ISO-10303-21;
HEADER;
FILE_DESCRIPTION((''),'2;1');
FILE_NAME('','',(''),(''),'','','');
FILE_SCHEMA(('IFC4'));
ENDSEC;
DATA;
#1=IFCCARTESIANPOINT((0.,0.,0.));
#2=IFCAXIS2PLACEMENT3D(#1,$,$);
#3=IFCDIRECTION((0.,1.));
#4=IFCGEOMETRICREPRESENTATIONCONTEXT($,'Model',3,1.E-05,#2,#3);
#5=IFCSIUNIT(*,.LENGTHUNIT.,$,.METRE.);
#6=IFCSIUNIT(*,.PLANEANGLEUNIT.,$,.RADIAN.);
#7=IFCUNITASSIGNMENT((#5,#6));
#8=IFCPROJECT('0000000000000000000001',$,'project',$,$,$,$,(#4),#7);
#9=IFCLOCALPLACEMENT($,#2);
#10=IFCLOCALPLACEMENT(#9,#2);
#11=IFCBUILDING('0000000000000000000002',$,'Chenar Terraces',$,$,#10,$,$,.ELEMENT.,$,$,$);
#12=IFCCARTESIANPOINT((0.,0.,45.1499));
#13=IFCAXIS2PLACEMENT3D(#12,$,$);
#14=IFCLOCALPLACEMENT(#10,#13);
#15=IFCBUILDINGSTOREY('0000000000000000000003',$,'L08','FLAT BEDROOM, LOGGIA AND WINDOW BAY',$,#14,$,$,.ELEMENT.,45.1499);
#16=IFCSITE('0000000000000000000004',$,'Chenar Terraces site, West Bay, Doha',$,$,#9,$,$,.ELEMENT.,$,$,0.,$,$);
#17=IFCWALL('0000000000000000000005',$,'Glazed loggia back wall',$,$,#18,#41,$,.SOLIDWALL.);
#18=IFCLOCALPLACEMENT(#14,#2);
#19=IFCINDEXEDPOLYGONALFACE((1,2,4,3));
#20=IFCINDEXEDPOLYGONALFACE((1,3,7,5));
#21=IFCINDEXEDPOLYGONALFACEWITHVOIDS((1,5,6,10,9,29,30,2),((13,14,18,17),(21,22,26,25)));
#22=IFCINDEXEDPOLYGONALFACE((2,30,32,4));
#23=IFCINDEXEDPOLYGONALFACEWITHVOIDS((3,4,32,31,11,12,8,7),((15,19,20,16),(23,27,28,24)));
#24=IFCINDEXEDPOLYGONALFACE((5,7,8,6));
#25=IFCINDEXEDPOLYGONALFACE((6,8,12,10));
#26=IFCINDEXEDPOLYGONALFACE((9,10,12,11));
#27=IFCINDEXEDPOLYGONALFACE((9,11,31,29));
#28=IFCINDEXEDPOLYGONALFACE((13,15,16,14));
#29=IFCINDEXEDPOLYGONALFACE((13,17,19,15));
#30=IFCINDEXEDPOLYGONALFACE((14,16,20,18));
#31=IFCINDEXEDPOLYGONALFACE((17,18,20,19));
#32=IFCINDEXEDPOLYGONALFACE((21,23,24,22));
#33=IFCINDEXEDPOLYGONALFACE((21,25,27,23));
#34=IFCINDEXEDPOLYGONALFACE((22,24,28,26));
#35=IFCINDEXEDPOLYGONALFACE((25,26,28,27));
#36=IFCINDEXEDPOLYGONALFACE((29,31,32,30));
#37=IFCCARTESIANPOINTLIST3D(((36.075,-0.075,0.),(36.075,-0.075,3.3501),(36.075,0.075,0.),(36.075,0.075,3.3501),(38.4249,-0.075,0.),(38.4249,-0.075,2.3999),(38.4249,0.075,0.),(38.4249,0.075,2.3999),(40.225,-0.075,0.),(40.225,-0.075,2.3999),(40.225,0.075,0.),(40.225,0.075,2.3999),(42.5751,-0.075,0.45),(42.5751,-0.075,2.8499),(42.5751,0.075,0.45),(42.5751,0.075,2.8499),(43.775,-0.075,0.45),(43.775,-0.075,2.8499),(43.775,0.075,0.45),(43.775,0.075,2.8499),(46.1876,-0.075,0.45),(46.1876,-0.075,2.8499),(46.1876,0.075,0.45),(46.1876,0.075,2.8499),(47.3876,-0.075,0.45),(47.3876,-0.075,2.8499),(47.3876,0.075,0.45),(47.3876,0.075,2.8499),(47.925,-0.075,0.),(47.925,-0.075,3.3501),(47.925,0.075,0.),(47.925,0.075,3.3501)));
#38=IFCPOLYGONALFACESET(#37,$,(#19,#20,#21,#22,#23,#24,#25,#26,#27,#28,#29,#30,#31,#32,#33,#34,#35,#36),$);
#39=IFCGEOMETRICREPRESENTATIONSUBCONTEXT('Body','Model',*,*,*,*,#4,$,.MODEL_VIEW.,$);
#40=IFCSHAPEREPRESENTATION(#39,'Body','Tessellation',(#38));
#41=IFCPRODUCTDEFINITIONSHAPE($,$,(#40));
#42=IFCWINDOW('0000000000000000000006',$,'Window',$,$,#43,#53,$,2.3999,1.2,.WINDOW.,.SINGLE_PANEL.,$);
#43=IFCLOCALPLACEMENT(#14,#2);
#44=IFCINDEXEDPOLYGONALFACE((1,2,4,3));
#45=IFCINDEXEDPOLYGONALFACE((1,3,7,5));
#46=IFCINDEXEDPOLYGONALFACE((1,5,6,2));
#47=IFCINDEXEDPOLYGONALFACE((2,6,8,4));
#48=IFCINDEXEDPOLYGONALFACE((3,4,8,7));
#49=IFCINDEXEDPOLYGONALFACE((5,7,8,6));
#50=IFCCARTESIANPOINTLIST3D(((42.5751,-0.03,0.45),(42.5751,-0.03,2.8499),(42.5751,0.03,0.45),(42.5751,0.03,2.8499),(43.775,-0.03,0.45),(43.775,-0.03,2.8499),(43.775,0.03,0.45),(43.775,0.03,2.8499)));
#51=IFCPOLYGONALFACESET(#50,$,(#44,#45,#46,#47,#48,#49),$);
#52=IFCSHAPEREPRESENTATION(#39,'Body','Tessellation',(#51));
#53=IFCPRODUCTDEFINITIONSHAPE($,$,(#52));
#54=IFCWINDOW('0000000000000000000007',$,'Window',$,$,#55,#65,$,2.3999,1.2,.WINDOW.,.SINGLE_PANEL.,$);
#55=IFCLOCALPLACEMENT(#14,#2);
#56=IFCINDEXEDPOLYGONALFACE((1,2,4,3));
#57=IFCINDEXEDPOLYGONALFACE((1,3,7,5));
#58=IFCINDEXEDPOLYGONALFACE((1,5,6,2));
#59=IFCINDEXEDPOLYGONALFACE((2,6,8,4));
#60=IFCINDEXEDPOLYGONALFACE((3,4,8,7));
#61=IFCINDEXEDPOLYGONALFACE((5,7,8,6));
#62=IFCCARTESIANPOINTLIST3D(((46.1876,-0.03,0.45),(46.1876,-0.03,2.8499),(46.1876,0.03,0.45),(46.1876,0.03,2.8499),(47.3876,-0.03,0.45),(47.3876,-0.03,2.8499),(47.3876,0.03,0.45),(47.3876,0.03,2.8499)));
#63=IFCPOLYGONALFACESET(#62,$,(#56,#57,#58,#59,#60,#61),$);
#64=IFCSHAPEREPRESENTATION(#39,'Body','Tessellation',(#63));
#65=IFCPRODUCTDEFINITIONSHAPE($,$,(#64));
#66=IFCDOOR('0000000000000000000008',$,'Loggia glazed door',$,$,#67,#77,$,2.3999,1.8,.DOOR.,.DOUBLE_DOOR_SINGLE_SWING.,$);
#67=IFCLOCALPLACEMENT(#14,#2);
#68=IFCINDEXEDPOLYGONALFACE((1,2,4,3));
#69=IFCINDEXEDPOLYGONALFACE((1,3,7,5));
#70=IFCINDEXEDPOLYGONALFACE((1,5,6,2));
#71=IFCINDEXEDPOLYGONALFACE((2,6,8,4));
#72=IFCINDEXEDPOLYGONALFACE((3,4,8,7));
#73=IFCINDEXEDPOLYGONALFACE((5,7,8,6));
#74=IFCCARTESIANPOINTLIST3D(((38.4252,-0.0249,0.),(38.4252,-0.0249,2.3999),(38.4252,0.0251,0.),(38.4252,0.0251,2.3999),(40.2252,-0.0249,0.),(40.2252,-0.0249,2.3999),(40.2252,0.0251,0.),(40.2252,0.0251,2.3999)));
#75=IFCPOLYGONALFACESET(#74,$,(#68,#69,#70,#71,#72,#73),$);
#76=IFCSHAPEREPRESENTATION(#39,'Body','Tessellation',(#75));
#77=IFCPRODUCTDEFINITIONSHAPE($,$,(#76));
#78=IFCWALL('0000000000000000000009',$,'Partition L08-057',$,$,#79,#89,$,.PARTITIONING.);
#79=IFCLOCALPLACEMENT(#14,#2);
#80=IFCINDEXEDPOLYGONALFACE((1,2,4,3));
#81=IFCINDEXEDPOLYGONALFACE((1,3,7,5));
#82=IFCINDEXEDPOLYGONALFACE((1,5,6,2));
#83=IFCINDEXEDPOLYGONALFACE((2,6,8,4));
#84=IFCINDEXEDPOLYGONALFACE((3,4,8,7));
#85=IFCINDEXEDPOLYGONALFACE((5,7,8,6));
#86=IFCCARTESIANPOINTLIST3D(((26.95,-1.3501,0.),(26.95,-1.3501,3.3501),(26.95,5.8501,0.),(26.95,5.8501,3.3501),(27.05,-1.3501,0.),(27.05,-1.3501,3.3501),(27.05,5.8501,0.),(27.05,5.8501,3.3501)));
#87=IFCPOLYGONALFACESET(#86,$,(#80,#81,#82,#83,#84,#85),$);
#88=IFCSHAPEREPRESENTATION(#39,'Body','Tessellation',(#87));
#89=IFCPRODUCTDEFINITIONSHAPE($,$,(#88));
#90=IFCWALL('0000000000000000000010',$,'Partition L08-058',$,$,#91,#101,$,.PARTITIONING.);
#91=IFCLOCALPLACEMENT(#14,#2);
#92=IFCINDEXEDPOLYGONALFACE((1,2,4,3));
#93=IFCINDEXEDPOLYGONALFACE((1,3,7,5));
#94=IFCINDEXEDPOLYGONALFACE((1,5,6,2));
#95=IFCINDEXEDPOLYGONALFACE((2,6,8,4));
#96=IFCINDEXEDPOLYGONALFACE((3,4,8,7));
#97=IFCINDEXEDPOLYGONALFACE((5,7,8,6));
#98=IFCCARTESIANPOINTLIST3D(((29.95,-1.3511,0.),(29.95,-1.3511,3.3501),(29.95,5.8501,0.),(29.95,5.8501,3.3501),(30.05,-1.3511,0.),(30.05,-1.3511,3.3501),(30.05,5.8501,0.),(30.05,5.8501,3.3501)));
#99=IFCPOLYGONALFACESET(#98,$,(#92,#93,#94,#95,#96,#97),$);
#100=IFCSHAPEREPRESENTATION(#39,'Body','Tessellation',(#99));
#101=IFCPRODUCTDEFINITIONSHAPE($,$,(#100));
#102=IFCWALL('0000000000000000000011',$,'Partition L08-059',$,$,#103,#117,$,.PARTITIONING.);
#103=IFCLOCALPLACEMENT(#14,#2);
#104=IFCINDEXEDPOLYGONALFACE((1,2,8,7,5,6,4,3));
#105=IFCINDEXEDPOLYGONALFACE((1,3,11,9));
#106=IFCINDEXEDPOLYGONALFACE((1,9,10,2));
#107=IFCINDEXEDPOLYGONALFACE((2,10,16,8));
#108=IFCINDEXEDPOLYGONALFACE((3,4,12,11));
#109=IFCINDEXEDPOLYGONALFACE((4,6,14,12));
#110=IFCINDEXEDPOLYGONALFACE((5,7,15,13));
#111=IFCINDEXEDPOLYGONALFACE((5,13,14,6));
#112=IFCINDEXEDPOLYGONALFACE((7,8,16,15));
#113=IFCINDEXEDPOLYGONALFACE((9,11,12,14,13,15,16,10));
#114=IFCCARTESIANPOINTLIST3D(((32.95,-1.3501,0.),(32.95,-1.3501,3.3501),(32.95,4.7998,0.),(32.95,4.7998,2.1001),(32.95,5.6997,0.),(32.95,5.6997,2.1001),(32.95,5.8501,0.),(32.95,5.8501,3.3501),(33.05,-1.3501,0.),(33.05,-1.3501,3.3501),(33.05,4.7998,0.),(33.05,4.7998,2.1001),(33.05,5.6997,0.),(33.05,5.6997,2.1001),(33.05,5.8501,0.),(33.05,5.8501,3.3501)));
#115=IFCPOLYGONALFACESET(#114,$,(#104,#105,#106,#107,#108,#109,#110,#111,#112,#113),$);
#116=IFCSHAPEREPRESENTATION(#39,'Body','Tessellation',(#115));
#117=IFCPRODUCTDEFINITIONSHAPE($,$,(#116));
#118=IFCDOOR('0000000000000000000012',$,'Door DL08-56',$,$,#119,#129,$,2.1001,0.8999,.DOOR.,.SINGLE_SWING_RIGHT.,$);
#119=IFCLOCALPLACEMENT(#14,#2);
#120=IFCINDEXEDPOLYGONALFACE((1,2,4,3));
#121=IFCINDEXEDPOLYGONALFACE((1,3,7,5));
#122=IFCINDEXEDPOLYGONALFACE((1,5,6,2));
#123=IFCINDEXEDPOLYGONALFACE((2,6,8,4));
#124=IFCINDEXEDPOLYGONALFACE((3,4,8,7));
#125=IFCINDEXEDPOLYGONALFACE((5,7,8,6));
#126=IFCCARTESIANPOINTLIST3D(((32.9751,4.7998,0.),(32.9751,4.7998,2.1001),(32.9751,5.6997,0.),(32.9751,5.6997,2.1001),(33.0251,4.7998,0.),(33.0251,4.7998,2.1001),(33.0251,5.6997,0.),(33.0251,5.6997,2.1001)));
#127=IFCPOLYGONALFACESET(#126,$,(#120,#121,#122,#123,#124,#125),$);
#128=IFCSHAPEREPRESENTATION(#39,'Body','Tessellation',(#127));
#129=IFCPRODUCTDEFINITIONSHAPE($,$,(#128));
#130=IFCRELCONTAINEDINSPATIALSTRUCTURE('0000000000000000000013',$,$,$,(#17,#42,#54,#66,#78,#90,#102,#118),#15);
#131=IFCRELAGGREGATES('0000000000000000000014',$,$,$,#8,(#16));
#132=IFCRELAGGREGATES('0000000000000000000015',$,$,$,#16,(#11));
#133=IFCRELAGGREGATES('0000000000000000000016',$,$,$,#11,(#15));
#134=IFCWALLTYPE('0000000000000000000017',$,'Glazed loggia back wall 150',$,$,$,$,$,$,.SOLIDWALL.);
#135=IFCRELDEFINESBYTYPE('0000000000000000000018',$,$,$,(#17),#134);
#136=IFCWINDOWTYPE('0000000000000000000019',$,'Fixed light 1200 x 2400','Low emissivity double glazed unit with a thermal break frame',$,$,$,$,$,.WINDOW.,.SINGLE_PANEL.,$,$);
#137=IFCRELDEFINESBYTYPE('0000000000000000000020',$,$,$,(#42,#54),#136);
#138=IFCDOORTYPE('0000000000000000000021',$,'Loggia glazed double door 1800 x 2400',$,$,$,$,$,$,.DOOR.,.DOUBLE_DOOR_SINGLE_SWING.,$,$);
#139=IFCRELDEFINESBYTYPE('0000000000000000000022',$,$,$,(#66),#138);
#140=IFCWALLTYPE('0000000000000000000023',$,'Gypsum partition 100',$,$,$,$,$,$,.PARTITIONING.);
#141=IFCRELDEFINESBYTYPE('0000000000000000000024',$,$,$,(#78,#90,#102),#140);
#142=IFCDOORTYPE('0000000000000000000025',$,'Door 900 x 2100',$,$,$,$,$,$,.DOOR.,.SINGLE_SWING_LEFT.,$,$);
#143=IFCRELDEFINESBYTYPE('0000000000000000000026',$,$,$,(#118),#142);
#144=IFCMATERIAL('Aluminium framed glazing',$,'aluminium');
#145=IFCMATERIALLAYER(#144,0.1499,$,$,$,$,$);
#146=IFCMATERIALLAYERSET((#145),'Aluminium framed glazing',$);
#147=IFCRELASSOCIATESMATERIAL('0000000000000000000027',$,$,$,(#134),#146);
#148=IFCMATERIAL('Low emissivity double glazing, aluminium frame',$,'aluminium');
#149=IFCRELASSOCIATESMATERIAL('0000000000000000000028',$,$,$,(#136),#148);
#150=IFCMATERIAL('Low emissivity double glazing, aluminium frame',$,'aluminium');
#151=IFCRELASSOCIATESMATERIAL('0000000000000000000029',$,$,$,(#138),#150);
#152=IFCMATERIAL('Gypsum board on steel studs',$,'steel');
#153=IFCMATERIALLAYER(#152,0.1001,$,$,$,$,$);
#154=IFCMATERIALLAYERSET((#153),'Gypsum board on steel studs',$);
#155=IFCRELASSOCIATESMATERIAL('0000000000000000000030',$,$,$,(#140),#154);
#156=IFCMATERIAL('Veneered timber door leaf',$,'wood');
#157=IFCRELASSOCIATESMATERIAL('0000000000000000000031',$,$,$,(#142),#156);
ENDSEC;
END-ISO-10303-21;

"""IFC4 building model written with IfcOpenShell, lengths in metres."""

from ifc_helpers import new_model, si_unit, direction, frame, frame_2d, origin, place, context, subcontext, project, spatial, rectangle, extrude, material, layer, layer_set, type_object, element, fill, save


model = new_model("IFC4")

# Units and contexts
model_context = context("Model", 3, precision=1e-05, world=origin(), true_north=direction((0.0, 1.0)))
body_context = subcontext(model_context, "Body", "Model", "MODEL_VIEW")
ifc_project = project(units=[si_unit("LENGTHUNIT", "METRE"), si_unit("PLANEANGLEUNIT", "RADIAN")], contexts=[model_context])

# Site, building, storey
site_placement = place(None, origin())
site = spatial("IfcSite", under=ifc_project, at=site_placement, Name="Chenar Terraces site, West Bay, Doha", CompositionType="ELEMENT", RefElevation=0.0)
building_placement = place(site_placement, origin())
building = spatial("IfcBuilding", under=site, at=building_placement, Name="Chenar Terraces", CompositionType="ELEMENT")
storey_placement = place(building_placement, frame((0.0, 0.0, 45.1499)))
storey = spatial("IfcBuildingStorey", under=building, at=storey_placement, Name="L08", Description="FLAT BEDROOM, LOGGIA AND WINDOW BAY", CompositionType="ELEMENT", Elevation=45.1499)

# Wall, openings, windows, door
ifc_material_1 = material(Name="Aluminium framed glazing", Category="aluminium")
ifc_layer_1 = layer(ifc_material_1, 0.1499)
ifc_layer_set_1 = layer_set([ifc_layer_1], Name="Aluminium framed glazing")
wall_type_1 = type_object("IfcWallType", Name="Glazed loggia back wall 150", PredefinedType="SOLIDWALL", material=ifc_layer_set_1)
wall_1_placement = place(storey_placement, frame((36.075, 0.0, 0.0), z_axis=(0.0, 0.0, 1.0), x_axis=(1.0, 0.0, 0.0)))
wall_1 = element("IfcWall", 1, at=wall_1_placement, inside=storey, type_object=wall_type_1, Name="Glazed loggia back wall", PredefinedType="SOLIDWALL", context=body_context, shape_type="SweptSolid", body=[
    extrude(rectangle(XDim=11.8501, YDim=0.1499, at=frame_2d((5.925, 0.0))), origin(), (0.0, 0.0, 1.0), 3.3501),
])
opening_1_placement = place(wall_1_placement, frame((2.3501, 0.0, 0.0)))
opening_1 = element("IfcOpeningElement", 2, at=opening_1_placement, cuts=wall_1, PredefinedType="OPENING", context=body_context, shape_type="SweptSolid", body=[
    extrude(rectangle(XDim=1.8, YDim=2.3999, at=frame_2d((0.8999, 1.2))), frame((0.0, 0.085, 0.0), z_axis=(0.0, -1.0, 0.0), x_axis=(1.0, 0.0, 0.0)), (0.0, 0.0, 1.0), 0.1699),
])
opening_2_placement = place(wall_1_placement, frame((6.5, 0.0, 0.45)))
opening_2 = element("IfcOpeningElement", 3, at=opening_2_placement, cuts=wall_1, PredefinedType="OPENING", context=body_context, shape_type="SweptSolid", body=[
    extrude(rectangle(XDim=1.2, YDim=2.3999, at=frame_2d((0.6001, 1.2))), frame((0.0, 0.085, 0.0), z_axis=(0.0, -1.0, 0.0), x_axis=(1.0, 0.0, 0.0)), (0.0, 0.0, 1.0), 0.1699),
])
opening_3_placement = place(wall_1_placement, frame((10.1125, 0.0, 0.45)))
opening_3 = element("IfcOpeningElement", 4, at=opening_3_placement, cuts=wall_1, PredefinedType="OPENING", context=body_context, shape_type="SweptSolid", body=[
    extrude(rectangle(XDim=1.2, YDim=2.3999, at=frame_2d((0.6001, 1.2))), frame((0.0, 0.085, 0.0), z_axis=(0.0, -1.0, 0.0), x_axis=(1.0, 0.0, 0.0)), (0.0, 0.0, 1.0), 0.1699),
])
ifc_material_2 = material(Name="Low emissivity double glazing, aluminium frame", Category="aluminium")
window_type = type_object("IfcWindowType", Name="Fixed light 1200 x 2400", Description="Low emissivity double glazed unit with a thermal break frame", PartitioningType="SINGLE_PANEL", PredefinedType="WINDOW", material=ifc_material_2)
window_1_placement = place(opening_2_placement, origin())
window_1 = element("IfcWindow", 5, at=window_1_placement, inside=storey, type_object=window_type, Name="Window", OverallHeight=2.3999, OverallWidth=1.2, PartitioningType="SINGLE_PANEL", PredefinedType="WINDOW", context=body_context, shape_type="SweptSolid", body=[
    extrude(rectangle(XDim=1.2, YDim=2.3999, at=frame_2d((0.6001, 1.2))), frame((0.0, 0.03, 0.0), z_axis=(0.0, -1.0, 0.0), x_axis=(1.0, 0.0, 0.0)), (0.0, 0.0, 1.0), 0.0601),
])
fill(opening_2, window_1)
window_2_placement = place(opening_3_placement, origin())
window_2 = element("IfcWindow", 6, at=window_2_placement, inside=storey, type_object=window_type, Name="Window", OverallHeight=2.3999, OverallWidth=1.2, PartitioningType="SINGLE_PANEL", PredefinedType="WINDOW", context=body_context, shape_type="SweptSolid", body=[
    extrude(rectangle(XDim=1.2, YDim=2.3999, at=frame_2d((0.6001, 1.2))), frame((0.0, 0.03, 0.0), z_axis=(0.0, -1.0, 0.0), x_axis=(1.0, 0.0, 0.0)), (0.0, 0.0, 1.0), 0.0601),
])
fill(opening_3, window_2)
ifc_material_3 = material(Name="Low emissivity double glazing, aluminium frame", Category="aluminium")
door_type_1 = type_object("IfcDoorType", Name="Loggia glazed double door 1800 x 2400", OperationType="DOUBLE_DOOR_SINGLE_SWING", PredefinedType="DOOR", material=ifc_material_3)
door_1_placement = place(opening_1_placement, frame((1.8, 0.0, 0.0), z_axis=(0.0, 0.0, 1.0), x_axis=(-1.0, 0.0, 0.0)))
door_1 = element("IfcDoor", 7, at=door_1_placement, inside=storey, type_object=door_type_1, Name="Loggia glazed door", OperationType="DOUBLE_DOOR_SINGLE_SWING", OverallHeight=2.3999, OverallWidth=1.8, PredefinedType="DOOR", context=body_context, shape_type="SweptSolid", body=[
    extrude(rectangle(XDim=1.8, YDim=2.3999, at=frame_2d((0.8999, 1.2))), frame((0.0, 0.0249, 0.0), z_axis=(0.0, -1.0, 0.0), x_axis=(1.0, 0.0, 0.0)), (0.0, 0.0, 1.0), 0.05),
])
fill(opening_1, door_1)

# Walls
ifc_material_4 = material(Name="Gypsum board on steel studs", Category="steel")
ifc_layer_2 = layer(ifc_material_4, 0.1001)
ifc_layer_set_2 = layer_set([ifc_layer_2], Name="Gypsum board on steel studs")
wall_type_2 = type_object("IfcWallType", Name="Gypsum partition 100", PredefinedType="PARTITIONING", material=ifc_layer_set_2)
wall_2_placement = place(storey_placement, frame((27.0, -1.3501, 0.0), z_axis=(0.0, 0.0, 1.0), x_axis=(0.0, 1.0, 0.0)))
element("IfcWall", 8, at=wall_2_placement, inside=storey, type_object=wall_type_2, Name="Partition L08-057", PredefinedType="PARTITIONING", context=body_context, shape_type="SweptSolid", body=[
    extrude(rectangle(XDim=7.2002, YDim=0.1001, at=frame_2d((3.6001, 0.0))), origin(), (0.0, 0.0, 1.0), 3.3501),
])
wall_3_placement = place(storey_placement, frame((30.0, -1.3511, 0.0), z_axis=(0.0, 0.0, 1.0), x_axis=(0.0, 1.0, 0.0)))
element("IfcWall", 9, at=wall_3_placement, inside=storey, type_object=wall_type_2, Name="Partition L08-058", PredefinedType="PARTITIONING", context=body_context, shape_type="SweptSolid", body=[
    extrude(rectangle(XDim=7.2012, YDim=0.1001, at=frame_2d((3.6006, 0.0))), origin(), (0.0, 0.0, 1.0), 3.3501),
])

# Wall, opening, door
wall_4_placement = place(storey_placement, frame((33.0, -1.3501, 0.0), z_axis=(0.0, 0.0, 1.0), x_axis=(0.0, 1.0, 0.0)))
wall_4 = element("IfcWall", 10, at=wall_4_placement, inside=storey, type_object=wall_type_2, Name="Partition L08-059", PredefinedType="PARTITIONING", context=body_context, shape_type="SweptSolid", body=[
    extrude(rectangle(XDim=7.2002, YDim=0.1001, at=frame_2d((3.6001, 0.0))), origin(), (0.0, 0.0, 1.0), 3.3501),
])
opening_4_placement = place(wall_4_placement, frame((6.1499, 0.0, 0.0)))
opening_4 = element("IfcOpeningElement", 11, at=opening_4_placement, cuts=wall_4, PredefinedType="OPENING", context=body_context, shape_type="SweptSolid", body=[
    extrude(rectangle(XDim=0.8999, YDim=2.1001, at=frame_2d((0.45, 1.05))), frame((0.0, 0.0601, 0.0), z_axis=(0.0, -1.0, 0.0), x_axis=(1.0, 0.0, 0.0)), (0.0, 0.0, 1.0), 0.1201),
])
ifc_material_5 = material(Name="Veneered timber door leaf", Category="wood")
door_type_2 = type_object("IfcDoorType", Name="Door 900 x 2100", OperationType="SINGLE_SWING_LEFT", PredefinedType="DOOR", material=ifc_material_5)
door_2_placement = place(opening_4_placement, origin())
door_2 = element("IfcDoor", 12, at=door_2_placement, inside=storey, type_object=door_type_2, Name="Door DL08-56", OperationType="SINGLE_SWING_RIGHT", OverallHeight=2.1001, OverallWidth=0.8999, PredefinedType="DOOR", context=body_context, shape_type="SweptSolid", body=[
    extrude(rectangle(XDim=0.8999, YDim=2.1001, at=frame_2d((0.45, 1.05))), frame((0.0, 0.0249, 0.0), z_axis=(0.0, -1.0, 0.0), x_axis=(1.0, 0.0, 0.0)), (0.0, 0.0, 1.0), 0.05),
])
fill(opening_4, door_2)

save(model, "model.ifc")
